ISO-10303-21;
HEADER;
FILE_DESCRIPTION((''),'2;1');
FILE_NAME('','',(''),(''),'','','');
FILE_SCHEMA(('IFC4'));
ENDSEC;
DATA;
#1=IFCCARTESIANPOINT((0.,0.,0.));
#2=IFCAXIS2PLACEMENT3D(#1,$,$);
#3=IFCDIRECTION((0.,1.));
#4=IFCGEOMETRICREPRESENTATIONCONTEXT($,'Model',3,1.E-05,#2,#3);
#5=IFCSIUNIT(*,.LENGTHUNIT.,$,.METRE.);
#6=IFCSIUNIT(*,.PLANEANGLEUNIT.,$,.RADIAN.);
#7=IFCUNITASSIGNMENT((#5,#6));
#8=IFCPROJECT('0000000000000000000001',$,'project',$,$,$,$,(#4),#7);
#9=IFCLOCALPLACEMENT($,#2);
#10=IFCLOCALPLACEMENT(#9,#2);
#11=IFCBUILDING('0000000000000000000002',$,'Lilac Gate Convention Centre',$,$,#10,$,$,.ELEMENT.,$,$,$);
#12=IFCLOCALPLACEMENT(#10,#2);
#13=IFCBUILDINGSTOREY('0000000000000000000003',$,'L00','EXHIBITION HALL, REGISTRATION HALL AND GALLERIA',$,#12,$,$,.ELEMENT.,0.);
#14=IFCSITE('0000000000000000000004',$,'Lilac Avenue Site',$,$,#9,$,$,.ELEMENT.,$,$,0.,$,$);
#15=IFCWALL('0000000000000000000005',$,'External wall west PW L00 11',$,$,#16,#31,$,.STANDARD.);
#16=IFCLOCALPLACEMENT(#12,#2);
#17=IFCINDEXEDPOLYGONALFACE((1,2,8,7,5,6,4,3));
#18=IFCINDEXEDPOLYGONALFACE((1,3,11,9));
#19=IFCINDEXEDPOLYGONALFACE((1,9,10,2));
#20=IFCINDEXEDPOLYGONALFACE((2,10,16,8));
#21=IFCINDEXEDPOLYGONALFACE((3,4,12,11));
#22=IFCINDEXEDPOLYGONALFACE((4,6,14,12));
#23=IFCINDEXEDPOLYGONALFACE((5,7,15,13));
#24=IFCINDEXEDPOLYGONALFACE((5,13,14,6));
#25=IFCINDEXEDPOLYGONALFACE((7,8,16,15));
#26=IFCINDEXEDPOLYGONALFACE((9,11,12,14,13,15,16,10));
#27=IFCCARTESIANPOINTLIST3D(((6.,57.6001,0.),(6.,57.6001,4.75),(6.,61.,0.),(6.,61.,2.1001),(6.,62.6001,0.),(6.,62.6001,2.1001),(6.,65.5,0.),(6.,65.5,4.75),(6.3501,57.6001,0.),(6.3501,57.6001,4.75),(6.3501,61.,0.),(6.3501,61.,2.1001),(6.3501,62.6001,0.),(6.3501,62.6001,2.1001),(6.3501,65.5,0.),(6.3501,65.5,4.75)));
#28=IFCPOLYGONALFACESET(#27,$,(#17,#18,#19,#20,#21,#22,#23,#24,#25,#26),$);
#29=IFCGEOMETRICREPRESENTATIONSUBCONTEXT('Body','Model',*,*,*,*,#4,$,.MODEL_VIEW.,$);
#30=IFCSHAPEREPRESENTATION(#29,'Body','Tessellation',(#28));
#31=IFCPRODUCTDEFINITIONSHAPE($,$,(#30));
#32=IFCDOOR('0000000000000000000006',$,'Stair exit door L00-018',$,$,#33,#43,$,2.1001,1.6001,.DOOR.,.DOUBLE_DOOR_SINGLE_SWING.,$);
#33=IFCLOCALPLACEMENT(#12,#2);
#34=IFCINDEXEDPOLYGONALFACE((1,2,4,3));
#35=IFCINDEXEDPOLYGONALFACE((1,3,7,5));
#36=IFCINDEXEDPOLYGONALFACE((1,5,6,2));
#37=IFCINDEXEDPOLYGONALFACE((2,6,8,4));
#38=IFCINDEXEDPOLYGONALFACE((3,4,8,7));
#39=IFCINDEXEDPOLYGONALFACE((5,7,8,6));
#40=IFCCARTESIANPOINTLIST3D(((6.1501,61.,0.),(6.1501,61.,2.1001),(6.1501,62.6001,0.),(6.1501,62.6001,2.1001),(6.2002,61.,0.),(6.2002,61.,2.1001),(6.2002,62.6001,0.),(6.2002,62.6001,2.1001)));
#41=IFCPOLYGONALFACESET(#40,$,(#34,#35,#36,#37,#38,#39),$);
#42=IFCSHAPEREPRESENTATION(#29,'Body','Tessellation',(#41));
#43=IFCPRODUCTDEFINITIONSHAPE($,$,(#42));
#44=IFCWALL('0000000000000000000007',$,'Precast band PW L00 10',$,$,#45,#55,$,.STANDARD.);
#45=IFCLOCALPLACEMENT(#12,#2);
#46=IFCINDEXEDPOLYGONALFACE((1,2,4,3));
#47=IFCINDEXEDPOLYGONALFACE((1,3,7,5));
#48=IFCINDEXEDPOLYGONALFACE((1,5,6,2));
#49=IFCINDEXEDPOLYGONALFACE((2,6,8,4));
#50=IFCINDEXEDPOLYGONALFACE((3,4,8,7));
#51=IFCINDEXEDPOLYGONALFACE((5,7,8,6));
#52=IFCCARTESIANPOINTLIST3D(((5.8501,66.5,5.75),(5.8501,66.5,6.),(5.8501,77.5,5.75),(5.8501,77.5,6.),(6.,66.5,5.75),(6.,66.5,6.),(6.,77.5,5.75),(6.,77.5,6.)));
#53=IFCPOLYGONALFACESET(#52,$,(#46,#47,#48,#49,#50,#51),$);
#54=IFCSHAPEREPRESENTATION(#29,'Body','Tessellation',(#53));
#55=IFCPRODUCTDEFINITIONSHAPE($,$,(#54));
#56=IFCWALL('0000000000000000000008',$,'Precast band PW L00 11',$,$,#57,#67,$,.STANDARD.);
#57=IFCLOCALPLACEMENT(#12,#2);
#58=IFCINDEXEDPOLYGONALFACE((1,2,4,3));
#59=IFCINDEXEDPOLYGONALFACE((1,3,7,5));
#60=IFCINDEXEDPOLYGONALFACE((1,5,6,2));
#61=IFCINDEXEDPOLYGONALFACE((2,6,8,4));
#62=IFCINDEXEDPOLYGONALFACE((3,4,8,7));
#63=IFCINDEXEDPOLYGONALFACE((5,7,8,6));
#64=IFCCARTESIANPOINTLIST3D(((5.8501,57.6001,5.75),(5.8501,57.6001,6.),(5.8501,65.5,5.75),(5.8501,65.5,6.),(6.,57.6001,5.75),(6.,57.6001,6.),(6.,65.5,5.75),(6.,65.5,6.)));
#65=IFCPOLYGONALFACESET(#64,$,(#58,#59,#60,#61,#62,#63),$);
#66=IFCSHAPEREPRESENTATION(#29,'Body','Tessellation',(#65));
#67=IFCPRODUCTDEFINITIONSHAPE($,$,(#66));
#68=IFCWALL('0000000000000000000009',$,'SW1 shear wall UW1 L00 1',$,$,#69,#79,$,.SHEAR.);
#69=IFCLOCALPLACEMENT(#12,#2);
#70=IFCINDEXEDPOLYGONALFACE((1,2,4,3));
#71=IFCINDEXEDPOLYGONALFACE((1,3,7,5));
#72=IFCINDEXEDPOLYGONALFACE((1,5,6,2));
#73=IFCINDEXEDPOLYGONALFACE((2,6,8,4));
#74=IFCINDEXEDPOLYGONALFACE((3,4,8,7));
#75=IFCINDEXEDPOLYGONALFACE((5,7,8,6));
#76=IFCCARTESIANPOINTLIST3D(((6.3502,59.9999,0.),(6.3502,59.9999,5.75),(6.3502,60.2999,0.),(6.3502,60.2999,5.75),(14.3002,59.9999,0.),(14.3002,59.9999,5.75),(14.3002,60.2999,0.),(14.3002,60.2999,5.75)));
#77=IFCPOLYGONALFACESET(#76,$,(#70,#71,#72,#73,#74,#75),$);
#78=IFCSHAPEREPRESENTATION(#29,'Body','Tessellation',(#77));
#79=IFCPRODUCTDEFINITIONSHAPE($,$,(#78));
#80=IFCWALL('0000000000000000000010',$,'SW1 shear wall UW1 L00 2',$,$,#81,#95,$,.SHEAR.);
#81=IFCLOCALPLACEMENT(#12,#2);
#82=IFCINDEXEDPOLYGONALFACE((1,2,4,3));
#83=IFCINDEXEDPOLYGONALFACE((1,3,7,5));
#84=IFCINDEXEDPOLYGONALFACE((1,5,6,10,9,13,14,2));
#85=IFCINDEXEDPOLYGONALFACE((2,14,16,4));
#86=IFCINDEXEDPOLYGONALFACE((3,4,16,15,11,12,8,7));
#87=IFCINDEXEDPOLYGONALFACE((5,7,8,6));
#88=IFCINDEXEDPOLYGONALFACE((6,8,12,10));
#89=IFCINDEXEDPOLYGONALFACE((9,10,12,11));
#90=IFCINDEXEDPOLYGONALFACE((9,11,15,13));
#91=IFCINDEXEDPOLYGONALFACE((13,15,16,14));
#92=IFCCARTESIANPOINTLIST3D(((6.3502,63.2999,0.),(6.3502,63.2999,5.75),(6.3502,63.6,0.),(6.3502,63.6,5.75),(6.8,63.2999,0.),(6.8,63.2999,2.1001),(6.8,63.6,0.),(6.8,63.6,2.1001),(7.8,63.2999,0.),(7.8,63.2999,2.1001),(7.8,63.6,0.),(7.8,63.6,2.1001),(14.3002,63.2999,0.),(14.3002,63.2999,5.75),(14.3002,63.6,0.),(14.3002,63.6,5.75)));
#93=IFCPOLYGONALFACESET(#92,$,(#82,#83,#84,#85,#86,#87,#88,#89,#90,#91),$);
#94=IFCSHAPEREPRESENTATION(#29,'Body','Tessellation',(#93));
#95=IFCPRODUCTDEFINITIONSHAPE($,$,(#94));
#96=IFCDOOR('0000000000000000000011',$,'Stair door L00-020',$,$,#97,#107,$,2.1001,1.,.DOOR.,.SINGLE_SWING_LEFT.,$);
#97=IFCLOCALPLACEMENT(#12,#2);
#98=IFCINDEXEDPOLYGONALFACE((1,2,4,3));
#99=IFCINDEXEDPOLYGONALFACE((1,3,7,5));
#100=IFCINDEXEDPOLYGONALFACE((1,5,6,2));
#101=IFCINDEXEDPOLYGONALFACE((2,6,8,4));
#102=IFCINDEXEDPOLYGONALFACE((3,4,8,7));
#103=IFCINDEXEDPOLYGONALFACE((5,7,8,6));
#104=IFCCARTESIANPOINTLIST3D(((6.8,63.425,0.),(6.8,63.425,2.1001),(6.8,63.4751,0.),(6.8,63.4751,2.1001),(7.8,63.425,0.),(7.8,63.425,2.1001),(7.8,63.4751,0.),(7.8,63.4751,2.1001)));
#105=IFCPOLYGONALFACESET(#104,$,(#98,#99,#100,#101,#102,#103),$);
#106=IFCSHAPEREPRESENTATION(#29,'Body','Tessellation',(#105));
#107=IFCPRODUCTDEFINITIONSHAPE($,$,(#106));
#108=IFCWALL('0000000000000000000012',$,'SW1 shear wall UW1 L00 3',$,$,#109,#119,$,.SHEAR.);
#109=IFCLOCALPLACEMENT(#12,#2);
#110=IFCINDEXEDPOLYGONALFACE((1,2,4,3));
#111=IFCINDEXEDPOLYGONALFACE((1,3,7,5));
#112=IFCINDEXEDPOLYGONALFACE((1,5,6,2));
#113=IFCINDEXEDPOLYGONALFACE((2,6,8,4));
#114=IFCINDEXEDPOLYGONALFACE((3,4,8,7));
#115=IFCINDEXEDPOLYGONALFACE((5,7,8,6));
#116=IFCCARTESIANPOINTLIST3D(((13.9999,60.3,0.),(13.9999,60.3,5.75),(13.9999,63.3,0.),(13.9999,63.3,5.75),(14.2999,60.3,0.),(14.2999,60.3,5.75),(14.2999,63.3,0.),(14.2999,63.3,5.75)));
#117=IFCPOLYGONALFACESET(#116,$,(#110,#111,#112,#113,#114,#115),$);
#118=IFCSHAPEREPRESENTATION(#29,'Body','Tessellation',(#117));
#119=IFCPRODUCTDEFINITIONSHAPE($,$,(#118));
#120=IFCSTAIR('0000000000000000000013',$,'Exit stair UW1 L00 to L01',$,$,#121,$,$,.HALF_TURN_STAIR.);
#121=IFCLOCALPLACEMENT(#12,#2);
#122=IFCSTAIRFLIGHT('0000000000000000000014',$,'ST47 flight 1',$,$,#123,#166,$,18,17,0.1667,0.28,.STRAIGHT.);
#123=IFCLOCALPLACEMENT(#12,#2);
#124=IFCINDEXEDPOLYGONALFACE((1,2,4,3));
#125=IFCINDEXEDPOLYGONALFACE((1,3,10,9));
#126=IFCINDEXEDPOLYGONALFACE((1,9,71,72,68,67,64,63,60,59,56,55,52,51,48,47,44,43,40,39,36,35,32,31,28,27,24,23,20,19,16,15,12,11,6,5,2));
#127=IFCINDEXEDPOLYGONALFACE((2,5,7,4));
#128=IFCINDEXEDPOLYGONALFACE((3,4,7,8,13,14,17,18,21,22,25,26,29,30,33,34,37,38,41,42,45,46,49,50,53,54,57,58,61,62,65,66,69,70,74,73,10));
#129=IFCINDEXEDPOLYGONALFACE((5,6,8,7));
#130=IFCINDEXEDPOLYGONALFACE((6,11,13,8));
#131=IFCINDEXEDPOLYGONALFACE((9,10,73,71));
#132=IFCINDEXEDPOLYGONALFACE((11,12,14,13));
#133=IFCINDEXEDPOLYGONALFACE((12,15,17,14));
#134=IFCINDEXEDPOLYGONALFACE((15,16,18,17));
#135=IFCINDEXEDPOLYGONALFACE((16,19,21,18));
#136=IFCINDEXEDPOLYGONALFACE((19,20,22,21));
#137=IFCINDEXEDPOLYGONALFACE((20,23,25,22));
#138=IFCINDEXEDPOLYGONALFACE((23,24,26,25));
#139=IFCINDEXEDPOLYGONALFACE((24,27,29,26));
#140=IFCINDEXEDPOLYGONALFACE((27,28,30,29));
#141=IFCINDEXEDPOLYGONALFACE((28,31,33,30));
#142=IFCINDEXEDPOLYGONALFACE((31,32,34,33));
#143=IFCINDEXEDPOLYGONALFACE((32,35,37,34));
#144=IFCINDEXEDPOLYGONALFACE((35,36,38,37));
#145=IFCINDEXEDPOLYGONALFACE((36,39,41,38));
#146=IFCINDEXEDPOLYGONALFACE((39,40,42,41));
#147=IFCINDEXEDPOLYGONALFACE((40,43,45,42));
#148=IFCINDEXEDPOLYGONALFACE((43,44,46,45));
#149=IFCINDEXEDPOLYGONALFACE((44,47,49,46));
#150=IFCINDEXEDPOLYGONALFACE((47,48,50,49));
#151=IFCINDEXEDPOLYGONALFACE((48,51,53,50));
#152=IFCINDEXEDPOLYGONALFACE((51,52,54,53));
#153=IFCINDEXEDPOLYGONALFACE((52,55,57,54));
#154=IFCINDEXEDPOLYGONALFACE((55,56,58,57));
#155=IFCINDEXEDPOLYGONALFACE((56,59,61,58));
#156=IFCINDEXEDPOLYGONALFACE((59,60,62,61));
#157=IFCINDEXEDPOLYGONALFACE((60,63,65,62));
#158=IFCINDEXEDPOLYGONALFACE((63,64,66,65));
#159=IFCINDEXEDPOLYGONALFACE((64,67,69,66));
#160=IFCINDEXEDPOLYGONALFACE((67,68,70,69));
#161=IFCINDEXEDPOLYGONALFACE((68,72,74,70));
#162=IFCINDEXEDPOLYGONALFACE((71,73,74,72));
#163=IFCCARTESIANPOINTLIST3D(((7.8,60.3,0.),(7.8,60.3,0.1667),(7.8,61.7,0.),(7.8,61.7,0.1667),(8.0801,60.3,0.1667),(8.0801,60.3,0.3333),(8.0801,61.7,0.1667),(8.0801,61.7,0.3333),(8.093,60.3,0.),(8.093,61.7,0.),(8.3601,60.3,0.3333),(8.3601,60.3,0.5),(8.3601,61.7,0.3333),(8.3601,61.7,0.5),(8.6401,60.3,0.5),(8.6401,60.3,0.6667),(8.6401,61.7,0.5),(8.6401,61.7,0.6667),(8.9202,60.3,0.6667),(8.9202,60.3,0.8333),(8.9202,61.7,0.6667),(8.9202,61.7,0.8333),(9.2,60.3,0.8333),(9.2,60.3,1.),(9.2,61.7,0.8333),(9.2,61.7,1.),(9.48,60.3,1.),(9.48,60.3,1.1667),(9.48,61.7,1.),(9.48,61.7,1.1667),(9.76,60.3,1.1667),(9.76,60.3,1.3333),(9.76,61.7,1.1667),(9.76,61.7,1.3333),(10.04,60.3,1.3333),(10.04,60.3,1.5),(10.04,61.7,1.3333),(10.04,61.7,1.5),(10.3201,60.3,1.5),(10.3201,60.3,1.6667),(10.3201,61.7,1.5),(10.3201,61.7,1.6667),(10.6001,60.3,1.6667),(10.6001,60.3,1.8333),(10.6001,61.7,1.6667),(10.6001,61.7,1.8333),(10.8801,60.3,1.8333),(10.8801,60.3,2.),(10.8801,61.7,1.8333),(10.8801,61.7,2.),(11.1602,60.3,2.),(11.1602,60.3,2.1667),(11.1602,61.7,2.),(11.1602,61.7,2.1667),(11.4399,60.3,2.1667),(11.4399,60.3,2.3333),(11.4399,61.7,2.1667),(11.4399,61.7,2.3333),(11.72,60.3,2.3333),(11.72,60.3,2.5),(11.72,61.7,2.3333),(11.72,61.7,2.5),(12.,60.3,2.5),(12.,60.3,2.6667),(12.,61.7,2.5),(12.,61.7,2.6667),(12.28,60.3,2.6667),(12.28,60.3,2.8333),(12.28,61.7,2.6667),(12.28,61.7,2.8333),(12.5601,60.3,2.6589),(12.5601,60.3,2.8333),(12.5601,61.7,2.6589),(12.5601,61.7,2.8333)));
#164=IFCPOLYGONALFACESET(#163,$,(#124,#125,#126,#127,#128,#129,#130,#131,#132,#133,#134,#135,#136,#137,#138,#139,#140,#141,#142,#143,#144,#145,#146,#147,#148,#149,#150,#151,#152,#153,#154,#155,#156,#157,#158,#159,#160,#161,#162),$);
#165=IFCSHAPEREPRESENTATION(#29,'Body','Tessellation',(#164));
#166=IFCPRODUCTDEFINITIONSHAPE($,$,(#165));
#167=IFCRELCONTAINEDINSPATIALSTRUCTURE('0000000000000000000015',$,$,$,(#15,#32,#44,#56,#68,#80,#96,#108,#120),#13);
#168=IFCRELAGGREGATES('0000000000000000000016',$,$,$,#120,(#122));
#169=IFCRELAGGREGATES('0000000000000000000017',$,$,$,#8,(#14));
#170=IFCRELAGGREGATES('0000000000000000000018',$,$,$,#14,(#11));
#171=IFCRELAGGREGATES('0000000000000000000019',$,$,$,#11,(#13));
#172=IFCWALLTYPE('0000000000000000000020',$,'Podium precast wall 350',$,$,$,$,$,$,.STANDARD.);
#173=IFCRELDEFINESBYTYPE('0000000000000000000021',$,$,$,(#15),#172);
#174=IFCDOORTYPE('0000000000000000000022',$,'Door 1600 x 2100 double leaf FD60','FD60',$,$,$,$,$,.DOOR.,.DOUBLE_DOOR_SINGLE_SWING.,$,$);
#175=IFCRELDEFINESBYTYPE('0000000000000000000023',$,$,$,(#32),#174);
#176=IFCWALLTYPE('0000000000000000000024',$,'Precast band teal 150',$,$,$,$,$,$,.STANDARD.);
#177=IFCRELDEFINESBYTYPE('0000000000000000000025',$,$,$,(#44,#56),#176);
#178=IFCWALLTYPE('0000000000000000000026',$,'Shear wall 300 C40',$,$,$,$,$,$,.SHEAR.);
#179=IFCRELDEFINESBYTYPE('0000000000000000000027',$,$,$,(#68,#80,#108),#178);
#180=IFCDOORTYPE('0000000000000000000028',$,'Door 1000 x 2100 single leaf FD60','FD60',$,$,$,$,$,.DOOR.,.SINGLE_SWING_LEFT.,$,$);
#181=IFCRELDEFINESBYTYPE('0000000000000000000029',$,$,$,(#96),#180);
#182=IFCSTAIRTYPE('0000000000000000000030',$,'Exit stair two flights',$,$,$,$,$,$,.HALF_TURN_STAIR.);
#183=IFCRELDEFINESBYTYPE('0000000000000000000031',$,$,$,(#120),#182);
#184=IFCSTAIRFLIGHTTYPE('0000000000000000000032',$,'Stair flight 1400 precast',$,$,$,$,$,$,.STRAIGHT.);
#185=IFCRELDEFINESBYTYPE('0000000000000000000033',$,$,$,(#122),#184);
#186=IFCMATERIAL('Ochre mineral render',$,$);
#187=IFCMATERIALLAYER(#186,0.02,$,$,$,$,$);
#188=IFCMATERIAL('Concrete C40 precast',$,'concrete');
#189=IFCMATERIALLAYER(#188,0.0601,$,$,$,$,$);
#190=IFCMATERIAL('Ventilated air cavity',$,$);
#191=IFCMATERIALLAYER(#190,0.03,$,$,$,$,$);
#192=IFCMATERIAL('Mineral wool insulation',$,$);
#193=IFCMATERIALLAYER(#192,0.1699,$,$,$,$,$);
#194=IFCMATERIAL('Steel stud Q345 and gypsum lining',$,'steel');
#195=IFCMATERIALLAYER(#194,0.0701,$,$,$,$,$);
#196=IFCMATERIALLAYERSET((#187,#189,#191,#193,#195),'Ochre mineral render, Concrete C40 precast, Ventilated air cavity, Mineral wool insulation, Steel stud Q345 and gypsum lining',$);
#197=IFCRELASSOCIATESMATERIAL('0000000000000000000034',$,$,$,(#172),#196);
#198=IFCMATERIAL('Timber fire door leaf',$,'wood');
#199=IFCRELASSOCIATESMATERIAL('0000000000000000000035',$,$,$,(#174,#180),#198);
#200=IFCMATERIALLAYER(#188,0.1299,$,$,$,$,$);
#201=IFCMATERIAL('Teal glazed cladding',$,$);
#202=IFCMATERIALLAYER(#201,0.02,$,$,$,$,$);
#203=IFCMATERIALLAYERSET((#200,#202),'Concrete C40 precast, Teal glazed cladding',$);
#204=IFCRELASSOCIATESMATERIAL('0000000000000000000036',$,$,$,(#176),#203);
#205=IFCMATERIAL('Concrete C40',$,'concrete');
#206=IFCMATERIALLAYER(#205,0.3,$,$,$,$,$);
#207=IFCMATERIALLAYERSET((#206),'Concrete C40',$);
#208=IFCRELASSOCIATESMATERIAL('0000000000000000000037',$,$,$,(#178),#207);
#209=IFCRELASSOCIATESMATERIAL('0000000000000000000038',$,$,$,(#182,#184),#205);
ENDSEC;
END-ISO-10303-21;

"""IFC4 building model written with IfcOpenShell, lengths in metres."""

from ifc_helpers import new_model, si_unit, direction, frame, frame_2d, origin, place, context, subcontext, project, spatial, polyline, rectangle, outline, extrude, material, layer, layer_set, type_object, element, fill, aggregate, save


model = new_model("IFC4")

# Units and contexts
model_context = context("Model", 3, precision=1e-05, world=origin(), true_north=direction((0.0, 1.0)))
body_context = subcontext(model_context, "Body", "Model", "MODEL_VIEW")
ifc_project = project(units=[si_unit("LENGTHUNIT", "METRE"), si_unit("PLANEANGLEUNIT", "RADIAN")], contexts=[model_context])

# Site, building, storey
site_placement = place(None, origin())
site = spatial("IfcSite", under=ifc_project, at=site_placement, Name="Lilac Avenue Site", CompositionType="ELEMENT", RefElevation=0.0)
building_placement = place(site_placement, origin())
building = spatial("IfcBuilding", under=site, at=building_placement, Name="Lilac Gate Convention Centre", CompositionType="ELEMENT")
storey_placement = place(building_placement, origin())
storey = spatial("IfcBuildingStorey", under=building, at=storey_placement, Name="L00", Description="EXHIBITION HALL, REGISTRATION HALL AND GALLERIA", CompositionType="ELEMENT", Elevation=0.0)

# Shared definitions
ifc_material_1 = material(Name="Concrete C40", Category="concrete")

# Shared definitions
ifc_material_2 = material(Name="Ochre mineral render")
ifc_layer_1 = layer(ifc_material_2, 0.02)
ifc_material_3 = material(Name="Concrete C40 precast", Category="concrete")
ifc_layer_2 = layer(ifc_material_3, 0.0601)
ifc_material_4 = material(Name="Ventilated air cavity")
ifc_layer_3 = layer(ifc_material_4, 0.03)
ifc_material_5 = material(Name="Mineral wool insulation")
ifc_layer_4 = layer(ifc_material_5, 0.1699)
ifc_material_6 = material(Name="Steel stud Q345 and gypsum lining", Category="steel")
ifc_layer_5 = layer(ifc_material_6, 0.0701)
ifc_layer_set_1 = layer_set([ifc_layer_1, ifc_layer_2, ifc_layer_3, ifc_layer_4, ifc_layer_5], Name="Ochre mineral render, Concrete C40 precast, Ventilated air cavity, Mineral wool insulation, Steel stud Q345 and gypsum lining")
wall_type_1 = type_object("IfcWallType", Name="Podium precast wall 350", PredefinedType="STANDARD", material=ifc_layer_set_1)

# Wall, opening, door
wall_1_placement = place(storey_placement, frame((6.175, 65.5, 0.0), z_axis=(0.0, 0.0, 1.0), x_axis=(0.0, -1.0, 0.0)))
wall_1 = element("IfcWall", 1, at=wall_1_placement, inside=storey, type_object=wall_type_1, Name="External wall west PW L00 11", PredefinedType="STANDARD", context=body_context, shape_type="SweptSolid", body=[
    extrude(rectangle(XDim=7.8999, YDim=0.3501, at=frame_2d((3.95, 0.0))), origin(), (0.0, 0.0, 1.0), 4.75),
])
opening_1_placement = place(wall_1_placement, frame((2.8999, 0.0, 0.0)))
opening_1 = element("IfcOpeningElement", 2, at=opening_1_placement, cuts=wall_1, PredefinedType="OPENING", context=body_context, shape_type="SweptSolid", body=[
    extrude(rectangle(XDim=1.6001, YDim=2.1001, at=frame_2d((0.8, 1.05))), frame((0.0, 0.1851, 0.0), z_axis=(0.0, -1.0, 0.0), x_axis=(1.0, 0.0, 0.0)), (0.0, 0.0, 1.0), 0.3701),
])
ifc_material_7 = material(Name="Timber fire door leaf", Category="wood")
door_type_1 = type_object("IfcDoorType", Name="Door 1600 x 2100 double leaf FD60", Description="FD60", OperationType="DOUBLE_DOOR_SINGLE_SWING", PredefinedType="DOOR", material=ifc_material_7)
door_1_placement = place(opening_1_placement, frame((1.6001, 0.0, 0.0), z_axis=(0.0, 0.0, 1.0), x_axis=(-1.0, 0.0, 0.0)))
door_1 = element("IfcDoor", 3, at=door_1_placement, inside=storey, type_object=door_type_1, Name="Stair exit door L00-018", OperationType="DOUBLE_DOOR_SINGLE_SWING", OverallHeight=2.1001, OverallWidth=1.6001, PredefinedType="DOOR", context=body_context, shape_type="SweptSolid", body=[
    extrude(rectangle(XDim=1.6001, YDim=2.1001, at=frame_2d((0.8, 1.05))), frame((0.0, 0.0249, 0.0), z_axis=(0.0, -1.0, 0.0), x_axis=(1.0, 0.0, 0.0)), (0.0, 0.0, 1.0), 0.05),
])
fill(opening_1, door_1)

# Walls
ifc_layer_6 = layer(ifc_material_3, 0.1299)
ifc_material_8 = material(Name="Teal glazed cladding")
ifc_layer_7 = layer(ifc_material_8, 0.02)
ifc_layer_set_2 = layer_set([ifc_layer_6, ifc_layer_7], Name="Concrete C40 precast, Teal glazed cladding")
wall_type_2 = type_object("IfcWallType", Name="Precast band teal 150", PredefinedType="STANDARD", material=ifc_layer_set_2)
wall_2_placement = place(storey_placement, frame((5.925, 77.5, 5.75), z_axis=(0.0, 0.0, 1.0), x_axis=(0.0, -1.0, 0.0)))
element("IfcWall", 4, at=wall_2_placement, inside=storey, type_object=wall_type_2, Name="Precast band PW L00 10", PredefinedType="STANDARD", context=body_context, shape_type="SweptSolid", body=[
    extrude(rectangle(XDim=11.0, YDim=0.1499, at=frame_2d((5.5, 0.0))), origin(), (0.0, 0.0, 1.0), 0.25),
])
wall_3_placement = place(storey_placement, frame((5.925, 65.5, 5.75), z_axis=(0.0, 0.0, 1.0), x_axis=(0.0, -1.0, 0.0)))
element("IfcWall", 5, at=wall_3_placement, inside=storey, type_object=wall_type_2, Name="Precast band PW L00 11", PredefinedType="STANDARD", context=body_context, shape_type="SweptSolid", body=[
    extrude(rectangle(XDim=7.8999, YDim=0.1499, at=frame_2d((3.95, 0.0))), origin(), (0.0, 0.0, 1.0), 0.25),
])
ifc_layer_8 = layer(ifc_material_1, 0.3)
ifc_layer_set_3 = layer_set([ifc_layer_8], Name="Concrete C40")
wall_type_3 = type_object("IfcWallType", Name="Shear wall 300 C40", PredefinedType="SHEAR", material=ifc_layer_set_3)
wall_4_placement = place(storey_placement, frame((6.3501, 60.1499, 0.0), z_axis=(0.0, 0.0, 1.0), x_axis=(1.0, 0.0, 0.0)))
element("IfcWall", 6, at=wall_4_placement, inside=storey, type_object=wall_type_3, Name="SW1 shear wall UW1 L00 1", PredefinedType="SHEAR", context=body_context, shape_type="SweptSolid", body=[
    extrude(rectangle(XDim=7.95, YDim=0.3, at=frame_2d((3.9751, 0.0))), origin(), (0.0, 0.0, 1.0), 5.75),
])

# Wall, opening, door
wall_5_placement = place(storey_placement, frame((6.3501, 63.45, 0.0), z_axis=(0.0, 0.0, 1.0), x_axis=(1.0, 0.0, 0.0)))
wall_5 = element("IfcWall", 7, at=wall_5_placement, inside=storey, type_object=wall_type_3, Name="SW1 shear wall UW1 L00 2", PredefinedType="SHEAR", context=body_context, shape_type="SweptSolid", body=[
    extrude(rectangle(XDim=7.95, YDim=0.3, at=frame_2d((3.9751, 0.0))), origin(), (0.0, 0.0, 1.0), 5.75),
])
opening_2_placement = place(wall_5_placement, frame((0.45, 0.0, 0.0)))
opening_2 = element("IfcOpeningElement", 8, at=opening_2_placement, cuts=wall_5, PredefinedType="OPENING", context=body_context, shape_type="SweptSolid", body=[
    extrude(rectangle(XDim=1.0, YDim=2.1001, at=frame_2d((0.5, 1.05))), frame((0.0, 0.1599, 0.0), z_axis=(0.0, -1.0, 0.0), x_axis=(1.0, 0.0, 0.0)), (0.0, 0.0, 1.0), 0.3201),
])
door_type_2 = type_object("IfcDoorType", Name="Door 1000 x 2100 single leaf FD60", Description="FD60", OperationType="SINGLE_SWING_LEFT", PredefinedType="DOOR", material=ifc_material_7)
door_2_placement = place(opening_2_placement, frame((1.0, 0.0, 0.0), z_axis=(0.0, 0.0, 1.0), x_axis=(-1.0, 0.0, 0.0)))
door_2 = element("IfcDoor", 9, at=door_2_placement, inside=storey, type_object=door_type_2, Name="Stair door L00-020", OperationType="SINGLE_SWING_LEFT", OverallHeight=2.1001, OverallWidth=1.0, PredefinedType="DOOR", context=body_context, shape_type="SweptSolid", body=[
    extrude(rectangle(XDim=1.0, YDim=2.1001, at=frame_2d((0.5, 1.05))), frame((0.0, 0.0249, 0.0), z_axis=(0.0, -1.0, 0.0), x_axis=(1.0, 0.0, 0.0)), (0.0, 0.0, 1.0), 0.05),
])
fill(opening_2, door_2)

# Wall
wall_6_placement = place(storey_placement, frame((14.1499, 60.3, 0.0), z_axis=(0.0, 0.0, 1.0), x_axis=(0.0, 1.0, 0.0)))
element("IfcWall", 10, at=wall_6_placement, inside=storey, type_object=wall_type_3, Name="SW1 shear wall UW1 L00 3", PredefinedType="SHEAR", context=body_context, shape_type="SweptSolid", body=[
    extrude(rectangle(XDim=3.0, YDim=0.3, at=frame_2d((1.5, 0.0))), origin(), (0.0, 0.0, 1.0), 5.75),
])

# Stair, stair flight
stair_type = type_object("IfcStairType", Name="Exit stair two flights", PredefinedType="HALF_TURN_STAIR", material=ifc_material_1)
stair_placement = place(storey_placement, origin())
stair = element("IfcStair", 11, at=stair_placement, inside=storey, type_object=stair_type, Name="Exit stair UW1 L00 to L01", PredefinedType="HALF_TURN_STAIR")
stair_flight_type = type_object("IfcStairFlightType", Name="Stair flight 1400 precast", PredefinedType="STRAIGHT", material=ifc_material_1)
stair_flight_1_placement = place(storey_placement, frame((7.8, 61.0, 0.0), z_axis=(0.0, 0.0, 1.0), x_axis=(1.0, 0.0, 0.0)))
stair_flight_1 = element("IfcStairFlight", 12, at=stair_flight_1_placement, type_object=stair_flight_type, Name="ST47 flight 1", NumberOfRisers=18, NumberOfTreads=17, PredefinedType="STRAIGHT", RiserHeight=0.1667, TreadLength=0.28, context=body_context, shape_type="SweptSolid", body=[
    extrude(outline(polyline([(0.0, 0.0), (0.0, 0.1667), (0.28, 0.1667), (0.28, 0.3333), (0.5601, 0.3333), (0.5601, 0.5), (0.8401, 0.5), (0.8401, 0.6667), (1.1201, 0.6667), (1.1201, 0.8333), (1.3999, 0.8333), (1.3999, 1.0), (1.6799, 1.0), (1.6799, 1.1667), (1.96, 1.1667), (1.96, 1.3333), (2.24, 1.3333), (2.24, 1.5), (2.52, 1.5), (2.52, 1.6667), (2.8, 1.6667), (2.8, 1.8333), (3.0801, 1.8333), (3.0801, 2.0), (3.3601, 2.0), (3.3601, 2.1667), (3.6399, 2.1667), (3.6399, 2.3333), (3.9199, 2.3333), (3.9199, 2.5), (4.2, 2.5), (4.2, 2.6667), (4.48, 2.6667), (4.48, 2.8333), (4.76, 2.8333), (4.76, 3.0), (4.76, 2.6589), (0.293, 0.0), (0.0, 0.0)])), frame((0.0, 0.7, 0.0), z_axis=(0.0, -1.0, 0.0), x_axis=(1.0, 0.0, 0.0)), (0.0, 0.0, 1.0), 1.3999),
])
aggregate(stair, [stair_flight_1])

save(model, "model.ifc")
